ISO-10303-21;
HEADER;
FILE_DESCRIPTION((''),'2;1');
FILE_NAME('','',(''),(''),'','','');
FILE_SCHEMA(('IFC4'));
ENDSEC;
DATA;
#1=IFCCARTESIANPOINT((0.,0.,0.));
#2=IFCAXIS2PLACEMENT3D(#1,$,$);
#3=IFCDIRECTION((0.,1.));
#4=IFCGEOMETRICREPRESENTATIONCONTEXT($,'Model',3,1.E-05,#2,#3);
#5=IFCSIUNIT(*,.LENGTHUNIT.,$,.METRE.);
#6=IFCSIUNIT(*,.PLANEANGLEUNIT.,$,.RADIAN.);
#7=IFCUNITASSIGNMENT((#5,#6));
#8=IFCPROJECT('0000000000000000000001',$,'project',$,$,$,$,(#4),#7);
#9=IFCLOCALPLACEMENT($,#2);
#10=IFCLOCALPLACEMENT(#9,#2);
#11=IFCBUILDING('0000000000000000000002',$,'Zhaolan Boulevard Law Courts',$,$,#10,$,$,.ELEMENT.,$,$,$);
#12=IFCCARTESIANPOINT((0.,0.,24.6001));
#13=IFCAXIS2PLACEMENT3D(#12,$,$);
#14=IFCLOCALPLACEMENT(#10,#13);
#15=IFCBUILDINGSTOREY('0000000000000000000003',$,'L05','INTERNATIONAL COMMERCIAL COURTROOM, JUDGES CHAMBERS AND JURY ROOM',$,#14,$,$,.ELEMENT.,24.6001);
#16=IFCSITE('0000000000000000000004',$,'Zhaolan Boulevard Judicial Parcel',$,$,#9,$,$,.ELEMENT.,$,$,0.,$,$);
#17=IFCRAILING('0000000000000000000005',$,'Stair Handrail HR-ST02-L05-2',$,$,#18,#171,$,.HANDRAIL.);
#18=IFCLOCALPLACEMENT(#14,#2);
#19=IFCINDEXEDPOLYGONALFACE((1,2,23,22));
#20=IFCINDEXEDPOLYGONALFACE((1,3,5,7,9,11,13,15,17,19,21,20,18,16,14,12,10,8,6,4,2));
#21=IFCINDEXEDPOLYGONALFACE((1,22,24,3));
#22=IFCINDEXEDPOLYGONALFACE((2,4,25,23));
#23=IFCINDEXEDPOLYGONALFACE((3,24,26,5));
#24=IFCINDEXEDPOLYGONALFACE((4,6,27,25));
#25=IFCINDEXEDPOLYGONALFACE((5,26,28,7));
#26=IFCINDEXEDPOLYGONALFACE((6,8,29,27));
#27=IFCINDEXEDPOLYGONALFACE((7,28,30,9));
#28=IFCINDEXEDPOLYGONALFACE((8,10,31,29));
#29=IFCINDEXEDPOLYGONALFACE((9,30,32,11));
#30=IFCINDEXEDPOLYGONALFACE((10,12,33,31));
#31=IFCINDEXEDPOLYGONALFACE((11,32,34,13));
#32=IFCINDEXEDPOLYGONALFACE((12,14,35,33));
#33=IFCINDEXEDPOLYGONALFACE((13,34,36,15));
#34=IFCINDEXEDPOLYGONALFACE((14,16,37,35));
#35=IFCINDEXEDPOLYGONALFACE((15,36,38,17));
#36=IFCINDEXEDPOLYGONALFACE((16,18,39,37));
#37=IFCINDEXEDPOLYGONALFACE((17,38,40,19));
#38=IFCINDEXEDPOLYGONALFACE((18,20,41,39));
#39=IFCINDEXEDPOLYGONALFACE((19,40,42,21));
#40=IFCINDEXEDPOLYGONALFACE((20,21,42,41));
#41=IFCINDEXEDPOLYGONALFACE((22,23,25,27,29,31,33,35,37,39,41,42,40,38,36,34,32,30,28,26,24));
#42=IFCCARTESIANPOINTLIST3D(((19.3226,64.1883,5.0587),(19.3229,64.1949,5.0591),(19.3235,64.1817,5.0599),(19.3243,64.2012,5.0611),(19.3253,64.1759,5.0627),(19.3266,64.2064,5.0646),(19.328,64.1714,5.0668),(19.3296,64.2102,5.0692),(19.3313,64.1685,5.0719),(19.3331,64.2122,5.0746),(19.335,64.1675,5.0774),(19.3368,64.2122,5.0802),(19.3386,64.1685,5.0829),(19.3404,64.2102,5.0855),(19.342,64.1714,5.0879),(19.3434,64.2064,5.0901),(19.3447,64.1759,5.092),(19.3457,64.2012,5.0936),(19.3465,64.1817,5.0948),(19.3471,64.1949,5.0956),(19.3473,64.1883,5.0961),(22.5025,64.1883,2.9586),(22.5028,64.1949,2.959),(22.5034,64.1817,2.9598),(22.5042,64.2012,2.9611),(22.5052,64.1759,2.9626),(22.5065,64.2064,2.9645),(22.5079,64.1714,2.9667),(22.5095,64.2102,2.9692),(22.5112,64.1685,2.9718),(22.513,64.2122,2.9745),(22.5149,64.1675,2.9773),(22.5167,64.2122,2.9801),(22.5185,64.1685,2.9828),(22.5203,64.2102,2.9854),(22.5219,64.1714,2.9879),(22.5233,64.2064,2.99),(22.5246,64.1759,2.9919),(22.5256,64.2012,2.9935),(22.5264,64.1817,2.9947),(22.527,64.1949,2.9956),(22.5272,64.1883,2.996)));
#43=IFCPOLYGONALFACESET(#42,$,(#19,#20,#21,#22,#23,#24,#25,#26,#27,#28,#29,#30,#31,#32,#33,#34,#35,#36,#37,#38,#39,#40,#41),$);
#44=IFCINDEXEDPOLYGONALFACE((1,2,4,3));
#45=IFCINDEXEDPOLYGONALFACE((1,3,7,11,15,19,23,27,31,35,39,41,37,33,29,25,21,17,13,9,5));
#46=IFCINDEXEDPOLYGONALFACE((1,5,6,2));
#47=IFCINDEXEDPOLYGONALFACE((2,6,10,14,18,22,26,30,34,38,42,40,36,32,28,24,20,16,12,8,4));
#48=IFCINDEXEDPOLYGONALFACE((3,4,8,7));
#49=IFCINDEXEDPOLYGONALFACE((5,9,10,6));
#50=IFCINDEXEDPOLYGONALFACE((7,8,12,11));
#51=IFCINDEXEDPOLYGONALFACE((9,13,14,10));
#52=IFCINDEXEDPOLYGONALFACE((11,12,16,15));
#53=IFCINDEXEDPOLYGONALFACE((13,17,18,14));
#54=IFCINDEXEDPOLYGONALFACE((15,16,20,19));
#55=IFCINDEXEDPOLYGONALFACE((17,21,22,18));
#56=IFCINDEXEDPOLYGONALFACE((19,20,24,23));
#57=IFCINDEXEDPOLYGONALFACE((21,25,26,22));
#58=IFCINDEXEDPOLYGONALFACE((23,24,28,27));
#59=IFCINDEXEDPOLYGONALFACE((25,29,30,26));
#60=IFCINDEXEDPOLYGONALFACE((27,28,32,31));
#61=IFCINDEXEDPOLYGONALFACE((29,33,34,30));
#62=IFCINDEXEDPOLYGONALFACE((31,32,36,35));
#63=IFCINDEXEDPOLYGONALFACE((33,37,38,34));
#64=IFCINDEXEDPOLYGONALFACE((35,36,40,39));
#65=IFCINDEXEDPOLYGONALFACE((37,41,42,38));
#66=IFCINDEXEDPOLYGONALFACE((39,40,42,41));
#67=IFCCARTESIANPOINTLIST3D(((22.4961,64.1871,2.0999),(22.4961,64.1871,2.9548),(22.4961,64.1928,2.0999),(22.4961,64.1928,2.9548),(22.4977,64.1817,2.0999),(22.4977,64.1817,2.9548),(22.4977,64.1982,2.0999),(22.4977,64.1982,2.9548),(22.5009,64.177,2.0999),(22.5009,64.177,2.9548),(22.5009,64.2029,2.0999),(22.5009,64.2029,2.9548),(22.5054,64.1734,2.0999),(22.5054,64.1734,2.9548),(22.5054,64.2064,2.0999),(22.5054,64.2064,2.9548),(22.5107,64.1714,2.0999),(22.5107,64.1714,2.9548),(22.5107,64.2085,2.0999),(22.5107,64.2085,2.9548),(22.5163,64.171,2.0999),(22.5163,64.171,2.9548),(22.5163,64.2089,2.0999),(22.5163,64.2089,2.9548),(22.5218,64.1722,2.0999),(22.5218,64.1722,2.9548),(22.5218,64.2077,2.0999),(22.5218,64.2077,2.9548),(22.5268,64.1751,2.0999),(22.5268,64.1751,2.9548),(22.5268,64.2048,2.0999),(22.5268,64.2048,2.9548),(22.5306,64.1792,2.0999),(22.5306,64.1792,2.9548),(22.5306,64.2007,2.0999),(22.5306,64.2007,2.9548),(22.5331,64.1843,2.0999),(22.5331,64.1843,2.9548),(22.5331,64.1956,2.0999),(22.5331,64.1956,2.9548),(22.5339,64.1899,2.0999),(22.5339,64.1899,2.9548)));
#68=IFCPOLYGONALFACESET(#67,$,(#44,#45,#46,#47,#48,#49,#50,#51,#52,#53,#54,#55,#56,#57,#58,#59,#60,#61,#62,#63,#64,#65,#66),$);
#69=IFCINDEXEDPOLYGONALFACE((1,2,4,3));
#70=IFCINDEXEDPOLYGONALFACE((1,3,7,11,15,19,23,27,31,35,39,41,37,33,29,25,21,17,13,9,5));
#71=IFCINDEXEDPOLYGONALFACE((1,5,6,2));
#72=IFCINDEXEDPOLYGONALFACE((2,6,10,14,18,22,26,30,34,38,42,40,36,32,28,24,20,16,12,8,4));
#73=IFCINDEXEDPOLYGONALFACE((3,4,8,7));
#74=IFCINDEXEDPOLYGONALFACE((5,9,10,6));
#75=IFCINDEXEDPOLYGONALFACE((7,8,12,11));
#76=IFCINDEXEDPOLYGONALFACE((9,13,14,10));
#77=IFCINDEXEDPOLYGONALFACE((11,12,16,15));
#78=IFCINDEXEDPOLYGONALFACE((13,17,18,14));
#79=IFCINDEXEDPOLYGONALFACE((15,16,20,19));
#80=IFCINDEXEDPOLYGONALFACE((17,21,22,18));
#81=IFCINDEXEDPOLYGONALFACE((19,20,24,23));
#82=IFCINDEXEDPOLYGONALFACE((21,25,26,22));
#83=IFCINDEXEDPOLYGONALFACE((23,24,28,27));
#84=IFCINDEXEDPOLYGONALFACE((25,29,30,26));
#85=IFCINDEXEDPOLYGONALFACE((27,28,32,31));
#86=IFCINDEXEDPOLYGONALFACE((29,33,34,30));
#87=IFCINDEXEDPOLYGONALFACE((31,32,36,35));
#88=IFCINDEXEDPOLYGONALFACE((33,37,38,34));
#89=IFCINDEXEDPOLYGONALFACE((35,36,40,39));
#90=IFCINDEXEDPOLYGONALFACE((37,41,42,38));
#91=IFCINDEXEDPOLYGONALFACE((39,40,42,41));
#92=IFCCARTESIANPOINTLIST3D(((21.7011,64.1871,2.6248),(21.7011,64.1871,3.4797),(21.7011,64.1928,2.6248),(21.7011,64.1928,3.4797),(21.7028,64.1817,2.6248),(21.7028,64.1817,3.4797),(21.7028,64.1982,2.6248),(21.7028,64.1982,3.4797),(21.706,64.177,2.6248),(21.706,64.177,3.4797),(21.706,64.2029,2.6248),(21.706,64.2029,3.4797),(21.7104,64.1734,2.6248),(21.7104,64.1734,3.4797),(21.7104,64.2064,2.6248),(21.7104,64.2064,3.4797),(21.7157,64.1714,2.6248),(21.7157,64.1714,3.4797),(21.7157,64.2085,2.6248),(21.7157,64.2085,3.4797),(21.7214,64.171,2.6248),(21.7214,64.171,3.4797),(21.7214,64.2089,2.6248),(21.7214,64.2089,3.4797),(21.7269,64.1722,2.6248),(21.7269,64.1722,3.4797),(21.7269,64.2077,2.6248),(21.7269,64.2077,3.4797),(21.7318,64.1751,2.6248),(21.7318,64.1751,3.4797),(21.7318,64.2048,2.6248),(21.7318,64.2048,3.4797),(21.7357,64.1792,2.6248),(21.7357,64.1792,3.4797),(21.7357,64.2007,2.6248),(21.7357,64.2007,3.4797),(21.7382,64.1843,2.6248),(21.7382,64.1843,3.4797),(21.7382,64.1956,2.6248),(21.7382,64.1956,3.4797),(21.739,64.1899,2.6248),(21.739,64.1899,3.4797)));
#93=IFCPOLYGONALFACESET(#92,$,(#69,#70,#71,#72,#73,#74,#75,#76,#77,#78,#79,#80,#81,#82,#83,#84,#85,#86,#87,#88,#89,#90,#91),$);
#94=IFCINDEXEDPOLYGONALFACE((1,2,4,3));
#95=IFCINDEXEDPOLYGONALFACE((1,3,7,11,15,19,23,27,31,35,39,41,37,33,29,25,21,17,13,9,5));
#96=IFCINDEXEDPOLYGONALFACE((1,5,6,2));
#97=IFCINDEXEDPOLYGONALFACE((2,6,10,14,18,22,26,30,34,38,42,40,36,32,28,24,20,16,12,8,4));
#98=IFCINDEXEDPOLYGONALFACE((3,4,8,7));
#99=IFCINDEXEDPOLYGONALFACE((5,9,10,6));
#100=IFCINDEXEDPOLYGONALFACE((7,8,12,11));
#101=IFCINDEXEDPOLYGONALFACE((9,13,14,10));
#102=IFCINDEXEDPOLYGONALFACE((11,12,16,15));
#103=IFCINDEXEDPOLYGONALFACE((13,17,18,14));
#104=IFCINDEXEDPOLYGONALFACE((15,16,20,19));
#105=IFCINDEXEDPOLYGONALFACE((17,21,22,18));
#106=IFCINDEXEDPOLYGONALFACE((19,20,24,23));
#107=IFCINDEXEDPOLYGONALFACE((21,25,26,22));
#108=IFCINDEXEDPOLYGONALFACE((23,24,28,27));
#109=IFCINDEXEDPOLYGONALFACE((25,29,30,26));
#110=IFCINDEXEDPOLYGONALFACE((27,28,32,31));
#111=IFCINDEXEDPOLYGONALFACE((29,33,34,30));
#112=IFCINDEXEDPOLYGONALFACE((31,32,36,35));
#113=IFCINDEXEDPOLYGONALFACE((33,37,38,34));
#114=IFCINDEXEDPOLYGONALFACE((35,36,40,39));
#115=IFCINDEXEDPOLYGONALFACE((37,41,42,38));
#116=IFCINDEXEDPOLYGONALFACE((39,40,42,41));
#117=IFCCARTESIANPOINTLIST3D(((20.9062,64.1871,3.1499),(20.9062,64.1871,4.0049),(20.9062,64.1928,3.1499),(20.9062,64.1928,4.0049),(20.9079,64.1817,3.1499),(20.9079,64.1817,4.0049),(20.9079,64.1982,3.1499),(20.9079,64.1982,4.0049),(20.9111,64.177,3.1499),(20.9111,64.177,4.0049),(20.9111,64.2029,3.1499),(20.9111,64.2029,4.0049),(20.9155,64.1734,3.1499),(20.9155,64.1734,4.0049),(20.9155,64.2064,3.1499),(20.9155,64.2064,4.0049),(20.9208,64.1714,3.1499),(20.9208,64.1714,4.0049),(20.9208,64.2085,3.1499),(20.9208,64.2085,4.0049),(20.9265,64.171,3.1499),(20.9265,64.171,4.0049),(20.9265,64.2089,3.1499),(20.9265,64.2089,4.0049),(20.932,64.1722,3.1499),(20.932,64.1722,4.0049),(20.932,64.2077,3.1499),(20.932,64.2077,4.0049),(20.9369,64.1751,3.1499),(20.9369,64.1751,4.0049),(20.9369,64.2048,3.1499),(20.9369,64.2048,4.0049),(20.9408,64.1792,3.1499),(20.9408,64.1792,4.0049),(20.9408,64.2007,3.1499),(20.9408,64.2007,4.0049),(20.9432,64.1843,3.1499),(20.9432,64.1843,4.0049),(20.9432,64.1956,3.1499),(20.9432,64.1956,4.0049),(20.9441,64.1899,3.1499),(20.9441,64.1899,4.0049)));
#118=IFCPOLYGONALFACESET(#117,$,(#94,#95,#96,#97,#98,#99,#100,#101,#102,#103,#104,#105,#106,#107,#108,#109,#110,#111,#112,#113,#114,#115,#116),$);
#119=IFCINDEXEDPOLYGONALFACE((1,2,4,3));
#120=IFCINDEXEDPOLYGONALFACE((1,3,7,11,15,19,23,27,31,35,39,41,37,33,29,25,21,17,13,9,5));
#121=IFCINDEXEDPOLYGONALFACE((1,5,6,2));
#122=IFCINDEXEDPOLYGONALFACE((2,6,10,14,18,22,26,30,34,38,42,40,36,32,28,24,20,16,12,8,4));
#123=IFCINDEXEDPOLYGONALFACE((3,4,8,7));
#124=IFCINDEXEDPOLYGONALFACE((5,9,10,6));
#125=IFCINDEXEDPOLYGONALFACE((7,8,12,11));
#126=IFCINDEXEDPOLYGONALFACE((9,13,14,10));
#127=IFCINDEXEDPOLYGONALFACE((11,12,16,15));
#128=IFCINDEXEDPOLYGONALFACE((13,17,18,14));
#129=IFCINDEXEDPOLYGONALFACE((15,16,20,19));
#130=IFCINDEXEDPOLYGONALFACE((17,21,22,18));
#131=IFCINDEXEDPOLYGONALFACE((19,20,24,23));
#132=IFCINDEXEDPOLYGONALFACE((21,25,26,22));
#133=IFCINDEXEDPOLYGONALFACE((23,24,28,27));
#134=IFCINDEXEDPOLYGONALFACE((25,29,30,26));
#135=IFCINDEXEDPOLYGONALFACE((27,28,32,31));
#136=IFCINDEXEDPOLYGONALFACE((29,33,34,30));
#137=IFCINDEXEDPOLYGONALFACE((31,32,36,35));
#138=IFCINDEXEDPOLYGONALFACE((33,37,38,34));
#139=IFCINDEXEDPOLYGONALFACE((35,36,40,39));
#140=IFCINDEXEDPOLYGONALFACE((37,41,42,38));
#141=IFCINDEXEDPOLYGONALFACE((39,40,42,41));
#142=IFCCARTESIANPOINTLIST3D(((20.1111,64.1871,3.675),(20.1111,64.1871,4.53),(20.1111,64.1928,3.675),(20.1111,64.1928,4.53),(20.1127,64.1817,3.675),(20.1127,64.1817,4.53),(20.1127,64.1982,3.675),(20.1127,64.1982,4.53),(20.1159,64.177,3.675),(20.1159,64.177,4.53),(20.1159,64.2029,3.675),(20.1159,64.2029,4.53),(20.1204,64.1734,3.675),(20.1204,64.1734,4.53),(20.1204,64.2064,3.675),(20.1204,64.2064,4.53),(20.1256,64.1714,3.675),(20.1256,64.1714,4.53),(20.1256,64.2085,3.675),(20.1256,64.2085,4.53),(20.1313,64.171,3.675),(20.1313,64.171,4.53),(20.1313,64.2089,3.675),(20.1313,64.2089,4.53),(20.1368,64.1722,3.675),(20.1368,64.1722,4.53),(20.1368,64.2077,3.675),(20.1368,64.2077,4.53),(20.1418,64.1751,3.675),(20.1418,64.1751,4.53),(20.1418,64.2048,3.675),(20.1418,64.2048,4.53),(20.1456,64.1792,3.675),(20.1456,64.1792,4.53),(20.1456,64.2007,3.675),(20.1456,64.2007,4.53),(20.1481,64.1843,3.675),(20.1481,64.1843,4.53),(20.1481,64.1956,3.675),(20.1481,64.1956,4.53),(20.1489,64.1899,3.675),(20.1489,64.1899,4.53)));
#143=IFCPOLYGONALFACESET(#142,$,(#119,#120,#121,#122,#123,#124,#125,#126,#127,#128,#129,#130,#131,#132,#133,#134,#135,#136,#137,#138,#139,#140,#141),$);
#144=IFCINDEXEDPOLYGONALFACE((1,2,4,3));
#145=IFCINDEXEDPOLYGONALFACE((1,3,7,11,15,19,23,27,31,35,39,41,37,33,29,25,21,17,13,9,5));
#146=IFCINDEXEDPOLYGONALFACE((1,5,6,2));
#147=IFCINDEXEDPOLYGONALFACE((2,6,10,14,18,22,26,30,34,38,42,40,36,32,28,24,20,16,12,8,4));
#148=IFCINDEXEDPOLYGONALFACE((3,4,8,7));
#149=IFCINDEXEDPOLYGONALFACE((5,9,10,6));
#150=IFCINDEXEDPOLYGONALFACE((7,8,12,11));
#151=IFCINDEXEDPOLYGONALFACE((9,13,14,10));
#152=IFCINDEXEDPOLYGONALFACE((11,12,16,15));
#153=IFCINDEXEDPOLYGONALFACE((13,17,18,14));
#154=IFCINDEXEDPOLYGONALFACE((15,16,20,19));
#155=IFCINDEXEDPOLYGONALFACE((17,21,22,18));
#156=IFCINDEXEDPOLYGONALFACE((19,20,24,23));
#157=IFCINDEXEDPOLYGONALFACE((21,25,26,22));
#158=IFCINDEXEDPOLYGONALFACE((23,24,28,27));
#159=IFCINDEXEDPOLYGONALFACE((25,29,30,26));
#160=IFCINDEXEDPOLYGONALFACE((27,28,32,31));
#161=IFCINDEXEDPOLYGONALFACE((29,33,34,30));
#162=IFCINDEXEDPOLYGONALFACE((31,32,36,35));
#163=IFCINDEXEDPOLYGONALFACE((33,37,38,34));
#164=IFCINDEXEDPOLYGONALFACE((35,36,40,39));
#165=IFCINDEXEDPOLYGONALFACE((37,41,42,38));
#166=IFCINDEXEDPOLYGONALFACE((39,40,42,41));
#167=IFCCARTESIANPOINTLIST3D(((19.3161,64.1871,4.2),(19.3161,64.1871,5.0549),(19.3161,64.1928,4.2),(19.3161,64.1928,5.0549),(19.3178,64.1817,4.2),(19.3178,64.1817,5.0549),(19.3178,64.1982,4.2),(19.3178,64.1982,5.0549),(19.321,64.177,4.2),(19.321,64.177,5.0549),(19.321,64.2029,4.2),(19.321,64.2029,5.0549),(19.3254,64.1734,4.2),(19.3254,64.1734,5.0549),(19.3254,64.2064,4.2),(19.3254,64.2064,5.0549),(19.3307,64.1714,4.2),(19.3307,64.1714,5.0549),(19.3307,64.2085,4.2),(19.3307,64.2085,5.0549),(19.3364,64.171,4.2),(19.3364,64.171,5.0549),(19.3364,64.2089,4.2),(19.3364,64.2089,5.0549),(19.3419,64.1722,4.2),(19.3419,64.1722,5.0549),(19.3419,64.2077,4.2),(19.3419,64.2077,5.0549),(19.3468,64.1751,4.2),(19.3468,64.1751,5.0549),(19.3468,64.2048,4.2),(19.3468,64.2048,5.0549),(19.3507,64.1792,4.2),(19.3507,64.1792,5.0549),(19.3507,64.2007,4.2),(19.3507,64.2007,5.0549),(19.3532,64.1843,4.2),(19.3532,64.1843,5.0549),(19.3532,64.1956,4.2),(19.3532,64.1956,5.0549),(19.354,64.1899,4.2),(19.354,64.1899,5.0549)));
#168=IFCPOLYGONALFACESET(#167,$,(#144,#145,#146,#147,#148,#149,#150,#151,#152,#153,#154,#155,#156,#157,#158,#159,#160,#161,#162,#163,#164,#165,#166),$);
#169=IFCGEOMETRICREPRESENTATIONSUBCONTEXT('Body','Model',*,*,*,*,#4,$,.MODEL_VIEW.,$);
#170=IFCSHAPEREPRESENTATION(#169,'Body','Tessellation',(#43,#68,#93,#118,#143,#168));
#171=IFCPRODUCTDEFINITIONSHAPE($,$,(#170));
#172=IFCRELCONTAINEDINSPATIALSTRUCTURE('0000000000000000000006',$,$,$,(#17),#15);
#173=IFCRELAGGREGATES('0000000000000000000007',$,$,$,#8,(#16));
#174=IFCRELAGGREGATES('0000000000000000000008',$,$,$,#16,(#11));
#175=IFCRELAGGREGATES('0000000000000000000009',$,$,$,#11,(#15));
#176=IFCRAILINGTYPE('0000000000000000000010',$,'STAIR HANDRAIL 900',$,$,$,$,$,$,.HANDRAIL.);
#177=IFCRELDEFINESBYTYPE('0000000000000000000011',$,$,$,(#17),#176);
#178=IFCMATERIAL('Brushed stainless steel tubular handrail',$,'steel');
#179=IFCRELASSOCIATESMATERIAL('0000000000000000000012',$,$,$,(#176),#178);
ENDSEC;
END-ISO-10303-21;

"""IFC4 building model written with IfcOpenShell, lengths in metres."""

from ifc_helpers import new_model, si_unit, direction, frame, origin, origin_2d, place, context, subcontext, project, spatial, circle, extrude, material, type_object, element, save


model = new_model("IFC4")

# Units and contexts
model_context = context("Model", 3, precision=1e-05, world=origin(), true_north=direction((0.0, 1.0)))
body_context = subcontext(model_context, "Body", "Model", "MODEL_VIEW")
ifc_project = project(units=[si_unit("LENGTHUNIT", "METRE"), si_unit("PLANEANGLEUNIT", "RADIAN")], contexts=[model_context])

# Site, building, storey
site_placement = place(None, origin())
site = spatial("IfcSite", under=ifc_project, at=site_placement, Name="Zhaolan Boulevard Judicial Parcel", CompositionType="ELEMENT", RefElevation=0.0)
building_placement = place(site_placement, origin())
building = spatial("IfcBuilding", under=site, at=building_placement, Name="Zhaolan Boulevard Law Courts", CompositionType="ELEMENT")
storey_placement = place(building_placement, frame((0.0, 0.0, 24.6001)))
storey = spatial("IfcBuildingStorey", under=building, at=storey_placement, Name="L05", Description="INTERNATIONAL COMMERCIAL COURTROOM, JUDGES CHAMBERS AND JURY ROOM", CompositionType="ELEMENT", Elevation=24.6001)

# Railing
ifc_material_1 = material(Name="Brushed stainless steel tubular handrail", Category="steel")
railing_type_1 = type_object("IfcRailingType", Name="STAIR HANDRAIL 900", PredefinedType="HANDRAIL", material=ifc_material_1)
railing_1_placement = place(storey_placement, frame((22.5149, 64.1899, 2.0999)))
element("IfcRailing", 1, at=railing_1_placement, inside=storey, type_object=railing_type_1, Name="Stair Handrail HR-ST02-L05-2", PredefinedType="HANDRAIL", context=body_context, shape_type="SweptSolid", body=[
    extrude(circle(Radius=0.0225, at=origin_2d()), frame((0.0, 0.0, 0.8774), z_axis=(-0.834447, 0.0, 0.551088), x_axis=(0.0, -1.0, 0.0)), (0.0, 0.0, 1.0), 3.8108),
    extrude(circle(Radius=0.019, at=origin_2d()), origin(), (0.0, 0.0, 1.0), 0.855),
    extrude(circle(Radius=0.019, at=origin_2d()), frame((-0.7949, 0.0, 0.5249)), (0.0, 0.0, 1.0), 0.855),
    extrude(circle(Radius=0.019, at=origin_2d()), frame((-1.5898, 0.0, 1.05)), (0.0, 0.0, 1.0), 0.855),
    extrude(circle(Radius=0.019, at=origin_2d()), frame((-2.385, 0.0, 1.5752)), (0.0, 0.0, 1.0), 0.855),
    extrude(circle(Radius=0.019, at=origin_2d()), frame((-3.1799, 0.0, 2.1001)), (0.0, 0.0, 1.0), 0.855),
])

save(model, "model.ifc")
